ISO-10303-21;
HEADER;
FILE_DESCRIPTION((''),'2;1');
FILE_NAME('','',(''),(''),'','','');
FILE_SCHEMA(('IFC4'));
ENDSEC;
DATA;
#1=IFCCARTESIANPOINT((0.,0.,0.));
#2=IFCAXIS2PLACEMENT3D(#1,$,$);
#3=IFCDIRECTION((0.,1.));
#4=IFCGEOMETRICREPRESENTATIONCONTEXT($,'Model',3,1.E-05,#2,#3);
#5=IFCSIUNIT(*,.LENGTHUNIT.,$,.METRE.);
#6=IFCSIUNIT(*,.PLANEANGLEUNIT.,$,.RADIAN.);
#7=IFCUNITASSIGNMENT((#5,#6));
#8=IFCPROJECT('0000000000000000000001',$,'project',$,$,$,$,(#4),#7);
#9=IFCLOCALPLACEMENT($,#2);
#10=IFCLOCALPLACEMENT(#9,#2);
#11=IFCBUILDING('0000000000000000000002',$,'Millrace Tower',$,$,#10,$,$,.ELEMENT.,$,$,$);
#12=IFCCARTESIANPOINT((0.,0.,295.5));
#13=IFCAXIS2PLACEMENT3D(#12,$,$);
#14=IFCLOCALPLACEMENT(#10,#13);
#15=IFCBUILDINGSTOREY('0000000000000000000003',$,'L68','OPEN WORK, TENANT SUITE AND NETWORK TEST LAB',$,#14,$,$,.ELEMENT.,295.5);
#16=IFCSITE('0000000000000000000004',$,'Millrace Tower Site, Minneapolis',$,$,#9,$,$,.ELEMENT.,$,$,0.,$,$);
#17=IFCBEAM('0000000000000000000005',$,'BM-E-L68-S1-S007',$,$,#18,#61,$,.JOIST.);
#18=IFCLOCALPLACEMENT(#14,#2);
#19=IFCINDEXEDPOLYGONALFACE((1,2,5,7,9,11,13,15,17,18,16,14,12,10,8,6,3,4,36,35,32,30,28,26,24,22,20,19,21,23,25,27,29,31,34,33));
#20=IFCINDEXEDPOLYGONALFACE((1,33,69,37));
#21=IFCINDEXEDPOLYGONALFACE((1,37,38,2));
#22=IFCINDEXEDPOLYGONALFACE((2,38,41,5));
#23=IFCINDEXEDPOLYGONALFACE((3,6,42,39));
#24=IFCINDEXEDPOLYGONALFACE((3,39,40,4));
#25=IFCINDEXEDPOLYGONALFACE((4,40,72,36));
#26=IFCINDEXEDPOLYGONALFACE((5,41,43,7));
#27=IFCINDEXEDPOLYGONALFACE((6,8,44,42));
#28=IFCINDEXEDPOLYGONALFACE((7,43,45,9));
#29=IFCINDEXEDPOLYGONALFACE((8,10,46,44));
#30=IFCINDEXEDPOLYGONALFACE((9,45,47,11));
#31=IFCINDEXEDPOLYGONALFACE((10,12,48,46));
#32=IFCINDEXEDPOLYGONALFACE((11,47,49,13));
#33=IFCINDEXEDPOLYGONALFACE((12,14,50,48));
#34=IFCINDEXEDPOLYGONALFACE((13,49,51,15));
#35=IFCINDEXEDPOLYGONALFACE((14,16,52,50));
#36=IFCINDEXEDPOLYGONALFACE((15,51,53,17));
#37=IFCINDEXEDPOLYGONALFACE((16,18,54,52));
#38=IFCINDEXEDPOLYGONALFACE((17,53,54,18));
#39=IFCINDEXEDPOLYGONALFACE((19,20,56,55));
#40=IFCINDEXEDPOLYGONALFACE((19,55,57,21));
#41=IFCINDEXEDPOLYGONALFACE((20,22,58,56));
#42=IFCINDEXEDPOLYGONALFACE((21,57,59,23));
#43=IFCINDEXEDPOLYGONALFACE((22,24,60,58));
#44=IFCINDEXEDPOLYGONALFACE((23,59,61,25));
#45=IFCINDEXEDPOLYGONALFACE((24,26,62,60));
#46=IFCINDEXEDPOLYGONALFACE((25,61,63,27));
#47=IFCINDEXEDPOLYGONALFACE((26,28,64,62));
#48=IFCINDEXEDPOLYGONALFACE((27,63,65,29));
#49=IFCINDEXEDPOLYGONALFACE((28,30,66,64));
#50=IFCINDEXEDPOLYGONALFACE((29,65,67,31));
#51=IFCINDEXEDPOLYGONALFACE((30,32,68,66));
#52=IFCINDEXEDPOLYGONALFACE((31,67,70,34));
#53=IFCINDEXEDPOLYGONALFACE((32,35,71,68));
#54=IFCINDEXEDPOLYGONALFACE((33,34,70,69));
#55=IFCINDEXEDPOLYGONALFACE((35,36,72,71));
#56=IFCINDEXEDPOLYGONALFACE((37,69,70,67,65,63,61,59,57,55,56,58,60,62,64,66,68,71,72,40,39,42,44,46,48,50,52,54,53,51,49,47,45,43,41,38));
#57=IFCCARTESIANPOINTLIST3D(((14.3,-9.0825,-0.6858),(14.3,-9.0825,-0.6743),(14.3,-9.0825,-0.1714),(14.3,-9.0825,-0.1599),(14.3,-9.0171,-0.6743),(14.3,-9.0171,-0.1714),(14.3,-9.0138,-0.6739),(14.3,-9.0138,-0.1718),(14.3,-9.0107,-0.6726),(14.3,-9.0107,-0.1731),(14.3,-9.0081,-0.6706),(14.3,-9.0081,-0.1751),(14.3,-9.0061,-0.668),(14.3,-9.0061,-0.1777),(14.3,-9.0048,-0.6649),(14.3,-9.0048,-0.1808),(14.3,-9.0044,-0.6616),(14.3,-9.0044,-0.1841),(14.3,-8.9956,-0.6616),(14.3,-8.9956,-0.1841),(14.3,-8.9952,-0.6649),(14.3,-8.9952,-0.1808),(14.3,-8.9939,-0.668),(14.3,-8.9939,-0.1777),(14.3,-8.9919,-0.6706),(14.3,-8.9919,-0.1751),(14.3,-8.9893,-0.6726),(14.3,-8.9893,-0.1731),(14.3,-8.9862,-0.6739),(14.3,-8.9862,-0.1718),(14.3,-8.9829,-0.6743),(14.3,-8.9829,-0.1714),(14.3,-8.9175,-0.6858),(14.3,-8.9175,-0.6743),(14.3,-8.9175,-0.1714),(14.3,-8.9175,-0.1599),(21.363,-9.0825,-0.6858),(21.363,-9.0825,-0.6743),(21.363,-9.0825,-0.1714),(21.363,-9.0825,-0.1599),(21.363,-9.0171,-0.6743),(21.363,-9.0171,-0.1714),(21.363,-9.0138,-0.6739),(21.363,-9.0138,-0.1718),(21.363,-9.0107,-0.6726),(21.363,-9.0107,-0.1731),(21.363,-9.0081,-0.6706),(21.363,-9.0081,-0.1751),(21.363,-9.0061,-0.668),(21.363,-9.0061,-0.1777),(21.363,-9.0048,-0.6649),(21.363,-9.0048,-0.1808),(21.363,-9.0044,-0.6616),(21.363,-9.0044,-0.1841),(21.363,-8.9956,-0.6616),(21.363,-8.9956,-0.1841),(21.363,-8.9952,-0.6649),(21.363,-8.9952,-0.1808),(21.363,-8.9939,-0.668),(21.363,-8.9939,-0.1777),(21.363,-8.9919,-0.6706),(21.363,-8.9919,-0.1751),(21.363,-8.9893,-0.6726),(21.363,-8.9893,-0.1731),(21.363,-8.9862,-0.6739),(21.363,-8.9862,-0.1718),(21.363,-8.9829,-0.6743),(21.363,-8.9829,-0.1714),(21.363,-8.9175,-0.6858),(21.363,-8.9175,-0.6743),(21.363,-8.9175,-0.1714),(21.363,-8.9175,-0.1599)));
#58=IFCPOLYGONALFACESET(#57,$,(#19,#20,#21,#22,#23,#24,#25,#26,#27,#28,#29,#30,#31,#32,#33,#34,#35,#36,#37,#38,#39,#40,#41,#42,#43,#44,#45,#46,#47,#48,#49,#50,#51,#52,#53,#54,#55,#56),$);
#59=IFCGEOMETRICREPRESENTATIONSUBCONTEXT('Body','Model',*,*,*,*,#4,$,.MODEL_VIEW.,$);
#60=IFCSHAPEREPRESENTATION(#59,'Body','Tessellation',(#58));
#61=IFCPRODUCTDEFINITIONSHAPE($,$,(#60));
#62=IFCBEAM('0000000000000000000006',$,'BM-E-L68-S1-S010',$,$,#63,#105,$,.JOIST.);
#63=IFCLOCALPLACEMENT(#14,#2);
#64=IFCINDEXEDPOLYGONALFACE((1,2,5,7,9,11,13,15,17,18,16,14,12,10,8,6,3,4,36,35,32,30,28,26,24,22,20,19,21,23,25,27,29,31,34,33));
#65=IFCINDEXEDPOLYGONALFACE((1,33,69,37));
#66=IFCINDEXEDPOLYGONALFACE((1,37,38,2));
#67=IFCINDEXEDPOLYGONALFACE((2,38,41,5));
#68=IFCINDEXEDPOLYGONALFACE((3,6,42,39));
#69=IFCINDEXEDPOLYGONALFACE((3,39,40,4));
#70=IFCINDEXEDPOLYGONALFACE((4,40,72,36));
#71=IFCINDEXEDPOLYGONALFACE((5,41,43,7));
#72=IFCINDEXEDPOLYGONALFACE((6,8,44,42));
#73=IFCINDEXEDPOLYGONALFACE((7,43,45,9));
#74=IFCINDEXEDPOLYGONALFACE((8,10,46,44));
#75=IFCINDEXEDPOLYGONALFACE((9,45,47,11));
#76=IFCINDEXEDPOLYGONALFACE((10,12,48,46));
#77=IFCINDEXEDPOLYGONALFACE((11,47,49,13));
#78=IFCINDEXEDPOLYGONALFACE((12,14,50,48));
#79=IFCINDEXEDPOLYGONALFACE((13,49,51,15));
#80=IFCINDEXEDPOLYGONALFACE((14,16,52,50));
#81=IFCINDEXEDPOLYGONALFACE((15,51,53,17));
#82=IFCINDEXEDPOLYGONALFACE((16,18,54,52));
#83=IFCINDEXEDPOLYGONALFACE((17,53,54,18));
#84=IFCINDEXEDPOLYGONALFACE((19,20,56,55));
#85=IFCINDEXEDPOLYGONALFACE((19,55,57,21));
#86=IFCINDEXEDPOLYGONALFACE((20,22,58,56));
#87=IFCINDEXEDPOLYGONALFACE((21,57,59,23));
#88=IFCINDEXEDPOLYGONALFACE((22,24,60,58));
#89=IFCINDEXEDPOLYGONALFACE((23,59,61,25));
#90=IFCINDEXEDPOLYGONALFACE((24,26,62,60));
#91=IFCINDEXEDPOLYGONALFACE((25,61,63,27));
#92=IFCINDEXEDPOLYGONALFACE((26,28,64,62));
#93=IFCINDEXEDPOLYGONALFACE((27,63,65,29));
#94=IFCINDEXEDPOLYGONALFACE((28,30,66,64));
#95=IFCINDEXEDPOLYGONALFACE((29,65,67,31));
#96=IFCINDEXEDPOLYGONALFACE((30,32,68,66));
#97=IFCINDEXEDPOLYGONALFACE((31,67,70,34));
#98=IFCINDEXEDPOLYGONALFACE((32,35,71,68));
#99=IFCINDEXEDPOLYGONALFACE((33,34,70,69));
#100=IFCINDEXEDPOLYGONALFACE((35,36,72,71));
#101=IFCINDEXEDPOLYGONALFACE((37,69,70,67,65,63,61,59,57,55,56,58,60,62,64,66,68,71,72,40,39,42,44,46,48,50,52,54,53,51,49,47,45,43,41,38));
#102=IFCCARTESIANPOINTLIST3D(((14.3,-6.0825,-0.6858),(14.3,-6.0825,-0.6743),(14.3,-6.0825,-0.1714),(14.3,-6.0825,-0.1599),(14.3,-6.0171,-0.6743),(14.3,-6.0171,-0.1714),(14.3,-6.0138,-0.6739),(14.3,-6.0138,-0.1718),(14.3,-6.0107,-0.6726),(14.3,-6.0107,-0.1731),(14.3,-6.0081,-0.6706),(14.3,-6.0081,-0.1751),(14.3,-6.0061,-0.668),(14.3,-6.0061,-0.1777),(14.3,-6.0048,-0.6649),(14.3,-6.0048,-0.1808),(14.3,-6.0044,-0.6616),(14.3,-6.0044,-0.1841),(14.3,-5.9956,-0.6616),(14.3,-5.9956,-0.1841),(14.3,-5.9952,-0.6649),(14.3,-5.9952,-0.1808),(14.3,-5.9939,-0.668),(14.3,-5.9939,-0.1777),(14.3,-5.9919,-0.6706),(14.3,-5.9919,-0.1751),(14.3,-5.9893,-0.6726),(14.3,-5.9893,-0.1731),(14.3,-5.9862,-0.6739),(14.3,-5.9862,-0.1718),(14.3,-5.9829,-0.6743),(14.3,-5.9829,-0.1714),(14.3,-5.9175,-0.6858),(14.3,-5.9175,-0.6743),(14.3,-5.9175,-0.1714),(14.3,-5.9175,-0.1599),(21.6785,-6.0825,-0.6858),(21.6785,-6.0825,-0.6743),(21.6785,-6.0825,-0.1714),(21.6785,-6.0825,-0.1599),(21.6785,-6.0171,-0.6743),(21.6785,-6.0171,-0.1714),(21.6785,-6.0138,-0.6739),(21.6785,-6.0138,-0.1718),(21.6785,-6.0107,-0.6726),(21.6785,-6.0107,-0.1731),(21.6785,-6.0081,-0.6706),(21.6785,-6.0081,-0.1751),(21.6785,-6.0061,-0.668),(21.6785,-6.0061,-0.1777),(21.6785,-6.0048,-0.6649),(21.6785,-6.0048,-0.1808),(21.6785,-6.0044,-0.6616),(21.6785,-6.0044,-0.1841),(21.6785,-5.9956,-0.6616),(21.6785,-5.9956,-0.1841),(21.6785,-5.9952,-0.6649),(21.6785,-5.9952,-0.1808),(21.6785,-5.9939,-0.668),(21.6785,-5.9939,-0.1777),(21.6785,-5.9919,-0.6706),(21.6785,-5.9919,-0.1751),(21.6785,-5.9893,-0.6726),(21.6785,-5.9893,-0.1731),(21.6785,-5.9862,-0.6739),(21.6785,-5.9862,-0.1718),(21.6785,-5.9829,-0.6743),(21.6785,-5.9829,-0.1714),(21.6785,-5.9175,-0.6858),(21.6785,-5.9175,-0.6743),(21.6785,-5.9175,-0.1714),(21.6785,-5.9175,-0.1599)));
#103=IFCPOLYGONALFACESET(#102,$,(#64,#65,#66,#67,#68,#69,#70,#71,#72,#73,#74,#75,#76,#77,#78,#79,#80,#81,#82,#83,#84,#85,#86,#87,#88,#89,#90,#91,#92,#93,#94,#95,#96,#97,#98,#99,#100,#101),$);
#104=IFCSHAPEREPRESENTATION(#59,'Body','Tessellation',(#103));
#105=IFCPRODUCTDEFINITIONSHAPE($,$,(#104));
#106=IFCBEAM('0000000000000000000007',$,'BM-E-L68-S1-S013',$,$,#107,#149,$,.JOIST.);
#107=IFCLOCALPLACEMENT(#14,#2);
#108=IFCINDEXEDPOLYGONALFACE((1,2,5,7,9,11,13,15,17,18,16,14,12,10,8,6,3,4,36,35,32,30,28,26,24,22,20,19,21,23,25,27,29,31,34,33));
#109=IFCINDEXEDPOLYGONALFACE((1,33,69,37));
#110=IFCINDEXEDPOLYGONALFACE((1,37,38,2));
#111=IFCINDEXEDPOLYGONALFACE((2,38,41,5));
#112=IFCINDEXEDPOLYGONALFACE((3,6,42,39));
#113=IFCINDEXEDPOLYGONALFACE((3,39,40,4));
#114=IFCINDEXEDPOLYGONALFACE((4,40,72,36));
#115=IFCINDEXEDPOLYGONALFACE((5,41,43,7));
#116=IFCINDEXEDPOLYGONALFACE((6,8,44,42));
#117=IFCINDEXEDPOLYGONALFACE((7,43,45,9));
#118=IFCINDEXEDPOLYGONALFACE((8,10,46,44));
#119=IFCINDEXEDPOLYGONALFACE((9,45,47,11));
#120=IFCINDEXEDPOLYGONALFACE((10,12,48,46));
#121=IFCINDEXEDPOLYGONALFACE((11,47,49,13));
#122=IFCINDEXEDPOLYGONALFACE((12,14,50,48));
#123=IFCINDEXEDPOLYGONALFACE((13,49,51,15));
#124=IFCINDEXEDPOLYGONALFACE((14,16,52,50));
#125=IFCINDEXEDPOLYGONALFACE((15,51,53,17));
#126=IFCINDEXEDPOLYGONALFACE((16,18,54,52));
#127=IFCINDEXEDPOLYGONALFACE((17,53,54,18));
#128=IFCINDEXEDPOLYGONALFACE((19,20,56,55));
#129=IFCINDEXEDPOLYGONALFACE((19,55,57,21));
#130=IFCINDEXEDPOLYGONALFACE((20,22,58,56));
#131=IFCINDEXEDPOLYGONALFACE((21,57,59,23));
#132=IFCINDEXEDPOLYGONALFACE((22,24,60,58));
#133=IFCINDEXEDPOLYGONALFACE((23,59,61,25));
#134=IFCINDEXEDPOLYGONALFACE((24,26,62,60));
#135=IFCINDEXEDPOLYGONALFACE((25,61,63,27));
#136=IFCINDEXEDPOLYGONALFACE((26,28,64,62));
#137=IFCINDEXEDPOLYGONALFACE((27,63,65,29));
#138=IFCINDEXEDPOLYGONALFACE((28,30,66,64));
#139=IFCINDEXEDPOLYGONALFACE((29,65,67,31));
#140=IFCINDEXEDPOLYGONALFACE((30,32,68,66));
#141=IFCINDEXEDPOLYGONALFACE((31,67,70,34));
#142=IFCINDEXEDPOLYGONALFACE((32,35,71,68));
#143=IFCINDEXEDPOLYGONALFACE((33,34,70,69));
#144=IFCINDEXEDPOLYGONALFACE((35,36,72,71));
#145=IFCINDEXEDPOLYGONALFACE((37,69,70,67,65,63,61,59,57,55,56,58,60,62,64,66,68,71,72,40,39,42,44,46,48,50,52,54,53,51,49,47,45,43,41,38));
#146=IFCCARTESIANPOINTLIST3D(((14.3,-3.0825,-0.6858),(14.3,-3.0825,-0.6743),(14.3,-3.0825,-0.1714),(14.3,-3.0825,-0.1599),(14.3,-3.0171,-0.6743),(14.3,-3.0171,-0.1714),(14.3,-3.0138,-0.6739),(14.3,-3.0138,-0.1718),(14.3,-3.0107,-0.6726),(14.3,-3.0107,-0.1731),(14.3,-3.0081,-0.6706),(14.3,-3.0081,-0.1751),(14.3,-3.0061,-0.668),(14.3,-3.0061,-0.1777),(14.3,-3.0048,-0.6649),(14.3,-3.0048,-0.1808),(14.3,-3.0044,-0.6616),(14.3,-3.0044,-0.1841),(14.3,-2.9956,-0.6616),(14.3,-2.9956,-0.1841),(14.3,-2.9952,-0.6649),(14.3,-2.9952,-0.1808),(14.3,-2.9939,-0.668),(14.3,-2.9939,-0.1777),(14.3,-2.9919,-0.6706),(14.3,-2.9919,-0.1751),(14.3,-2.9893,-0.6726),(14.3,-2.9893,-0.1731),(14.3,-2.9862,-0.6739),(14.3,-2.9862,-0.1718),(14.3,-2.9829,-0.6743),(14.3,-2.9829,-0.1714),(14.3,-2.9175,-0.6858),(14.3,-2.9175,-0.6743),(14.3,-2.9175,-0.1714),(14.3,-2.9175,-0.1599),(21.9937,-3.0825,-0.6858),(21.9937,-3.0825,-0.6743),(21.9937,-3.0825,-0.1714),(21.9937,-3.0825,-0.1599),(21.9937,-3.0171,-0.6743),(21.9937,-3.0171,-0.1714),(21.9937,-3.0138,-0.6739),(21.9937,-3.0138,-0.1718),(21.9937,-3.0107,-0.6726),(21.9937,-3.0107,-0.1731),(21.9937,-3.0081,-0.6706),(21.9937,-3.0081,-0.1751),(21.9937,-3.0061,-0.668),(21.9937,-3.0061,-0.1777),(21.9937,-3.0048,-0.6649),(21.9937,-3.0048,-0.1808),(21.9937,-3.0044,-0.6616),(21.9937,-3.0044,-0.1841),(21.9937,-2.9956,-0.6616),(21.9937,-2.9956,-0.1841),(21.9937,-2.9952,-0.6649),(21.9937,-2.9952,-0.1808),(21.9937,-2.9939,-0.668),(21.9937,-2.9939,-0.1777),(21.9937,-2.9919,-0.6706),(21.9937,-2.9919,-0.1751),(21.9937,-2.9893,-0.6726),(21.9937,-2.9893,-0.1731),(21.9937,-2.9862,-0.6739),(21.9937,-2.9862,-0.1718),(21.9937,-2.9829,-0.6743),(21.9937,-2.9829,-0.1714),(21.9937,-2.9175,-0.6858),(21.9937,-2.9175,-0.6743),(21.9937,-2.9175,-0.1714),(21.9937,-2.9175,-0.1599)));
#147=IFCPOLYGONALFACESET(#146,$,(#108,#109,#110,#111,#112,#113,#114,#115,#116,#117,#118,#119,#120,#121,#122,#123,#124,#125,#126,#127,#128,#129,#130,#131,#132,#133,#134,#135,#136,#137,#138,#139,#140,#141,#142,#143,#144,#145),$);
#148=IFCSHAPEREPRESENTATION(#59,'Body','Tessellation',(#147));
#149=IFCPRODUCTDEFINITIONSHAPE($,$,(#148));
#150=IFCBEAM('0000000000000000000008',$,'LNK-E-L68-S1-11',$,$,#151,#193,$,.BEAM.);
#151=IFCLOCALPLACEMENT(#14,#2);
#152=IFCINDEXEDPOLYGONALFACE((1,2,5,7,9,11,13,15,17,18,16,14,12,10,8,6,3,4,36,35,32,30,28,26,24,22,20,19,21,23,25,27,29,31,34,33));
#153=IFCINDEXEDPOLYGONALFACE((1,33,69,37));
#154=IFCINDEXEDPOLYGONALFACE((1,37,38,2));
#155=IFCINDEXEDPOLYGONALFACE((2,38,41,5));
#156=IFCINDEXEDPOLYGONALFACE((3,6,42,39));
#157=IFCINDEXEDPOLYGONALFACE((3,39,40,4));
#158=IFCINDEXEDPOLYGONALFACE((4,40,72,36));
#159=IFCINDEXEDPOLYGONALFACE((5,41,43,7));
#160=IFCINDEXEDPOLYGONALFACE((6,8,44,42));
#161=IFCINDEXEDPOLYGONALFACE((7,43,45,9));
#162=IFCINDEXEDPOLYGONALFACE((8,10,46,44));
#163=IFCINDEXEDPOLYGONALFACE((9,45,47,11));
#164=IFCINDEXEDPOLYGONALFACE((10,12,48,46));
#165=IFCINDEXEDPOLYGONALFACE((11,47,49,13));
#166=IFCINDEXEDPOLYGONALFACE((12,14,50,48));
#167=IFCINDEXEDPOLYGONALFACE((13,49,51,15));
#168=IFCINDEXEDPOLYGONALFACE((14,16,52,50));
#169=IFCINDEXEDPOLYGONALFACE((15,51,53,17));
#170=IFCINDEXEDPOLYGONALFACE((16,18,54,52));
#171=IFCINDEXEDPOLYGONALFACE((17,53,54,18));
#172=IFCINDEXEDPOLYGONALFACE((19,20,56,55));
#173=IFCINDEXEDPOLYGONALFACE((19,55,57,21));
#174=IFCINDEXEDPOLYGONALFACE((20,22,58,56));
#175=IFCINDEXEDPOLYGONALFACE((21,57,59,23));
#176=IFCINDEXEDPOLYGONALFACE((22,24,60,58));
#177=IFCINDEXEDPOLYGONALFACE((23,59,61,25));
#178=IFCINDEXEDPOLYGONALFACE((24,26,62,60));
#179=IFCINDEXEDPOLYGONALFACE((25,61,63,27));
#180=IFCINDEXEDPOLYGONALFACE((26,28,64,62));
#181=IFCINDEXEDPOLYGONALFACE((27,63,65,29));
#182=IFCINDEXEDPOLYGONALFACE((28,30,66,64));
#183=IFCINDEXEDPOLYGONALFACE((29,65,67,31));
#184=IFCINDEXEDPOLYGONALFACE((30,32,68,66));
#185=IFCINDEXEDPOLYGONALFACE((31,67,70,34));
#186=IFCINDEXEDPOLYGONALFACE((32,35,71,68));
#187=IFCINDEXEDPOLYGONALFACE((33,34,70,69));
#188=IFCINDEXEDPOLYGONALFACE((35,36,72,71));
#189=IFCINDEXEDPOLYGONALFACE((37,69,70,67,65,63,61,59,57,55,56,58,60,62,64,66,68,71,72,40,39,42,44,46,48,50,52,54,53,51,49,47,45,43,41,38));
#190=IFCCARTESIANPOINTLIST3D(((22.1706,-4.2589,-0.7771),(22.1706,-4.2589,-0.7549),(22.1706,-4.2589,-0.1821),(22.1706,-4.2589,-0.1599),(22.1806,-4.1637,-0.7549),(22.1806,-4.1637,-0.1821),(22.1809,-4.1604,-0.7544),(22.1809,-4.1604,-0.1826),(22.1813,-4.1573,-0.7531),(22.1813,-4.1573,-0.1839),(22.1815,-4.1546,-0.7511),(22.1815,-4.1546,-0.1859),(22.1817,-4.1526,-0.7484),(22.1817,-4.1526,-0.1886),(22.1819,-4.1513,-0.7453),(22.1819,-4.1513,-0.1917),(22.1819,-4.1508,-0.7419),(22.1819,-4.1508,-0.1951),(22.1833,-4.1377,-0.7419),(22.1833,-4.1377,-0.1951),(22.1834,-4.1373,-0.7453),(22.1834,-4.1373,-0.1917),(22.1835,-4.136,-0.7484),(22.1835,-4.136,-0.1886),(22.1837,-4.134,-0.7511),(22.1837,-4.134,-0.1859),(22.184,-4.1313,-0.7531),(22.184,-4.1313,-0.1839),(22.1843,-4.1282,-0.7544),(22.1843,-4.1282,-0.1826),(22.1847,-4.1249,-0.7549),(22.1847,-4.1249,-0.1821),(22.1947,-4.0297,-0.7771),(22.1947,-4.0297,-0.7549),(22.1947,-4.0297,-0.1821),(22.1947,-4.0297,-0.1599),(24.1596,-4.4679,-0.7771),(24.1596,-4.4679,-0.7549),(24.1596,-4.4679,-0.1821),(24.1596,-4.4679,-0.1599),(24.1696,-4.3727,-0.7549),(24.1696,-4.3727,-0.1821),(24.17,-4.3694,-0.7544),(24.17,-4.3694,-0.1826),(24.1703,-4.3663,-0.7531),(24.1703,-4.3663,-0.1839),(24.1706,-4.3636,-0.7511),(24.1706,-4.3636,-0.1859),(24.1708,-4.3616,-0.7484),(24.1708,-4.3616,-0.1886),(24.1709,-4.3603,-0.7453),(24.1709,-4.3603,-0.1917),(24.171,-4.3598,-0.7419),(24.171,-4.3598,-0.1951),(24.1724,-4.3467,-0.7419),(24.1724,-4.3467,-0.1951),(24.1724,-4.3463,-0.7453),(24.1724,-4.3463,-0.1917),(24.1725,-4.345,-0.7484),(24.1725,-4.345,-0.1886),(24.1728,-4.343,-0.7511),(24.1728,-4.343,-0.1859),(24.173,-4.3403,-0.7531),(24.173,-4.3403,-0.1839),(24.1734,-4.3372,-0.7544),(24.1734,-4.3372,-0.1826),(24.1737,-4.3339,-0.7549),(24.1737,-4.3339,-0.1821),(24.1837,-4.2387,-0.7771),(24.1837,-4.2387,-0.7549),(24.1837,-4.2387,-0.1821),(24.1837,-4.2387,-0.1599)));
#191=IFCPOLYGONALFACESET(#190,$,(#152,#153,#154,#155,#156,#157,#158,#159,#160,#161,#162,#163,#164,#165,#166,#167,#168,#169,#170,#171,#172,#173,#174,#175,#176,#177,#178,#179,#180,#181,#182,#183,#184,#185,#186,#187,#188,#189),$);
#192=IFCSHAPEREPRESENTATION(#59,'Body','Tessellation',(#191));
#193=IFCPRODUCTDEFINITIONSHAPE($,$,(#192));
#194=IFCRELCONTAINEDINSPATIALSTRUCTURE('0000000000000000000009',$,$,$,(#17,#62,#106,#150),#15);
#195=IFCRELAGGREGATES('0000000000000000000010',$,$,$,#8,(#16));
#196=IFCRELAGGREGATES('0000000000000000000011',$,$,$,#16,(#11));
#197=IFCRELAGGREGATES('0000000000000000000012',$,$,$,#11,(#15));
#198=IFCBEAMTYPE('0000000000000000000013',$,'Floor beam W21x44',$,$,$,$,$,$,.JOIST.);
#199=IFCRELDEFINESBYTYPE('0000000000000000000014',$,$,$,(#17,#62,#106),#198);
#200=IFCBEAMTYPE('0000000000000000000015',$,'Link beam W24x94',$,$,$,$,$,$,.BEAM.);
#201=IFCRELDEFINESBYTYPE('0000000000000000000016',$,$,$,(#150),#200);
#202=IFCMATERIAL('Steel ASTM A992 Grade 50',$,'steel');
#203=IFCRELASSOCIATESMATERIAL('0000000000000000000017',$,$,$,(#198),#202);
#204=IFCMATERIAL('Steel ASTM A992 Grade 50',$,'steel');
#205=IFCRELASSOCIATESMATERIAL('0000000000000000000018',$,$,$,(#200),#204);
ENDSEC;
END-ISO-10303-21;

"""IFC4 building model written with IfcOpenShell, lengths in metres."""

from ifc_helpers import new_model, si_unit, direction, frame, origin, origin_2d, place, context, subcontext, project, spatial, i_section, extrude, material, material_profile, profile_set, type_object, element, save


model = new_model("IFC4")

# Units and contexts
model_context = context("Model", 3, precision=1e-05, world=origin(), true_north=direction((0.0, 1.0)))
body_context = subcontext(model_context, "Body", "Model", "MODEL_VIEW")
ifc_project = project(units=[si_unit("LENGTHUNIT", "METRE"), si_unit("PLANEANGLEUNIT", "RADIAN")], contexts=[model_context])

# Site, building, storey
site_placement = place(None, origin())
site = spatial("IfcSite", under=ifc_project, at=site_placement, Name="Millrace Tower Site, Minneapolis", CompositionType="ELEMENT", RefElevation=0.0)
building_placement = place(site_placement, origin())
building = spatial("IfcBuilding", under=site, at=building_placement, Name="Millrace Tower", CompositionType="ELEMENT")
storey_placement = place(building_placement, frame((0.0, 0.0, 295.5)))
storey = spatial("IfcBuildingStorey", under=building, at=storey_placement, Name="L68", Description="OPEN WORK, TENANT SUITE AND NETWORK TEST LAB", CompositionType="ELEMENT", Elevation=295.5)

# Beams
ifc_material_1 = material(Name="Steel ASTM A992 Grade 50", Category="steel")
ifc_material_profile_1 = material_profile(ifc_material_1, i_section(OverallWidth=0.165, OverallDepth=0.5259, WebThickness=0.0088, FlangeThickness=0.0115, FilletRadius=0.0127, at=origin_2d()))
ifc_profile_set_1 = profile_set([ifc_material_profile_1], Name="Steel ASTM A992 Grade 50")
beam_type_1 = type_object("IfcBeamType", Name="Floor beam W21x44", PredefinedType="JOIST", material=ifc_profile_set_1)
beam_1_placement = place(storey_placement, frame((14.3, -9.0, -0.4229), z_axis=(1.0, 0.0, 0.0), x_axis=(0.0, 1.0, 0.0)))
element("IfcBeam", 1, at=beam_1_placement, inside=storey, type_object=beam_type_1, Name="BM-E-L68-S1-S007", PredefinedType="JOIST", context=body_context, shape_type="SweptSolid", body=[
    extrude(i_section(OverallWidth=0.165, OverallDepth=0.5259, WebThickness=0.0088, FlangeThickness=0.0115, FilletRadius=0.0127, at=origin_2d()), origin(), (0.0, 0.0, 1.0), 7.063),
])
beam_2_placement = place(storey_placement, frame((14.3, -6.0, -0.4229), z_axis=(1.0, 0.0, 0.0), x_axis=(0.0, 1.0, 0.0)))
element("IfcBeam", 2, at=beam_2_placement, inside=storey, type_object=beam_type_1, Name="BM-E-L68-S1-S010", PredefinedType="JOIST", context=body_context, shape_type="SweptSolid", body=[
    extrude(i_section(OverallWidth=0.165, OverallDepth=0.5259, WebThickness=0.0088, FlangeThickness=0.0115, FilletRadius=0.0127, at=origin_2d()), origin(), (0.0, 0.0, 1.0), 7.3784),
])
beam_3_placement = place(storey_placement, frame((14.3, -3.0, -0.4229), z_axis=(1.0, 0.0, 0.0), x_axis=(0.0, 1.0, 0.0)))
element("IfcBeam", 3, at=beam_3_placement, inside=storey, type_object=beam_type_1, Name="BM-E-L68-S1-S013", PredefinedType="JOIST", context=body_context, shape_type="SweptSolid", body=[
    extrude(i_section(OverallWidth=0.165, OverallDepth=0.5259, WebThickness=0.0088, FlangeThickness=0.0115, FilletRadius=0.0127, at=origin_2d()), origin(), (0.0, 0.0, 1.0), 7.6936),
])
ifc_material_2 = material(Name="Steel ASTM A992 Grade 50", Category="steel")
ifc_material_profile_2 = material_profile(ifc_material_2, i_section(OverallWidth=0.2305, OverallDepth=0.6172, WebThickness=0.0132, FlangeThickness=0.0222, FilletRadius=0.0129, at=origin_2d()))
ifc_profile_set_2 = profile_set([ifc_material_profile_2], Name="Steel ASTM A992 Grade 50")
beam_type_2 = type_object("IfcBeamType", Name="Link beam W24x94", PredefinedType="BEAM", material=ifc_profile_set_2)
beam_4_placement = place(storey_placement, frame((22.1826, -4.1443, -0.4685), z_axis=(0.994526, -0.104494, 0.0), x_axis=(0.104494, 0.994526, 0.0)))
element("IfcBeam", 4, at=beam_4_placement, inside=storey, type_object=beam_type_2, Name="LNK-E-L68-S1-11", PredefinedType="BEAM", context=body_context, shape_type="SweptSolid", body=[
    extrude(i_section(OverallWidth=0.2305, OverallDepth=0.6172, WebThickness=0.0132, FlangeThickness=0.0222, FilletRadius=0.0129, at=origin_2d()), origin(), (0.0, 0.0, 1.0), 2.0),
])

save(model, "model.ifc")
